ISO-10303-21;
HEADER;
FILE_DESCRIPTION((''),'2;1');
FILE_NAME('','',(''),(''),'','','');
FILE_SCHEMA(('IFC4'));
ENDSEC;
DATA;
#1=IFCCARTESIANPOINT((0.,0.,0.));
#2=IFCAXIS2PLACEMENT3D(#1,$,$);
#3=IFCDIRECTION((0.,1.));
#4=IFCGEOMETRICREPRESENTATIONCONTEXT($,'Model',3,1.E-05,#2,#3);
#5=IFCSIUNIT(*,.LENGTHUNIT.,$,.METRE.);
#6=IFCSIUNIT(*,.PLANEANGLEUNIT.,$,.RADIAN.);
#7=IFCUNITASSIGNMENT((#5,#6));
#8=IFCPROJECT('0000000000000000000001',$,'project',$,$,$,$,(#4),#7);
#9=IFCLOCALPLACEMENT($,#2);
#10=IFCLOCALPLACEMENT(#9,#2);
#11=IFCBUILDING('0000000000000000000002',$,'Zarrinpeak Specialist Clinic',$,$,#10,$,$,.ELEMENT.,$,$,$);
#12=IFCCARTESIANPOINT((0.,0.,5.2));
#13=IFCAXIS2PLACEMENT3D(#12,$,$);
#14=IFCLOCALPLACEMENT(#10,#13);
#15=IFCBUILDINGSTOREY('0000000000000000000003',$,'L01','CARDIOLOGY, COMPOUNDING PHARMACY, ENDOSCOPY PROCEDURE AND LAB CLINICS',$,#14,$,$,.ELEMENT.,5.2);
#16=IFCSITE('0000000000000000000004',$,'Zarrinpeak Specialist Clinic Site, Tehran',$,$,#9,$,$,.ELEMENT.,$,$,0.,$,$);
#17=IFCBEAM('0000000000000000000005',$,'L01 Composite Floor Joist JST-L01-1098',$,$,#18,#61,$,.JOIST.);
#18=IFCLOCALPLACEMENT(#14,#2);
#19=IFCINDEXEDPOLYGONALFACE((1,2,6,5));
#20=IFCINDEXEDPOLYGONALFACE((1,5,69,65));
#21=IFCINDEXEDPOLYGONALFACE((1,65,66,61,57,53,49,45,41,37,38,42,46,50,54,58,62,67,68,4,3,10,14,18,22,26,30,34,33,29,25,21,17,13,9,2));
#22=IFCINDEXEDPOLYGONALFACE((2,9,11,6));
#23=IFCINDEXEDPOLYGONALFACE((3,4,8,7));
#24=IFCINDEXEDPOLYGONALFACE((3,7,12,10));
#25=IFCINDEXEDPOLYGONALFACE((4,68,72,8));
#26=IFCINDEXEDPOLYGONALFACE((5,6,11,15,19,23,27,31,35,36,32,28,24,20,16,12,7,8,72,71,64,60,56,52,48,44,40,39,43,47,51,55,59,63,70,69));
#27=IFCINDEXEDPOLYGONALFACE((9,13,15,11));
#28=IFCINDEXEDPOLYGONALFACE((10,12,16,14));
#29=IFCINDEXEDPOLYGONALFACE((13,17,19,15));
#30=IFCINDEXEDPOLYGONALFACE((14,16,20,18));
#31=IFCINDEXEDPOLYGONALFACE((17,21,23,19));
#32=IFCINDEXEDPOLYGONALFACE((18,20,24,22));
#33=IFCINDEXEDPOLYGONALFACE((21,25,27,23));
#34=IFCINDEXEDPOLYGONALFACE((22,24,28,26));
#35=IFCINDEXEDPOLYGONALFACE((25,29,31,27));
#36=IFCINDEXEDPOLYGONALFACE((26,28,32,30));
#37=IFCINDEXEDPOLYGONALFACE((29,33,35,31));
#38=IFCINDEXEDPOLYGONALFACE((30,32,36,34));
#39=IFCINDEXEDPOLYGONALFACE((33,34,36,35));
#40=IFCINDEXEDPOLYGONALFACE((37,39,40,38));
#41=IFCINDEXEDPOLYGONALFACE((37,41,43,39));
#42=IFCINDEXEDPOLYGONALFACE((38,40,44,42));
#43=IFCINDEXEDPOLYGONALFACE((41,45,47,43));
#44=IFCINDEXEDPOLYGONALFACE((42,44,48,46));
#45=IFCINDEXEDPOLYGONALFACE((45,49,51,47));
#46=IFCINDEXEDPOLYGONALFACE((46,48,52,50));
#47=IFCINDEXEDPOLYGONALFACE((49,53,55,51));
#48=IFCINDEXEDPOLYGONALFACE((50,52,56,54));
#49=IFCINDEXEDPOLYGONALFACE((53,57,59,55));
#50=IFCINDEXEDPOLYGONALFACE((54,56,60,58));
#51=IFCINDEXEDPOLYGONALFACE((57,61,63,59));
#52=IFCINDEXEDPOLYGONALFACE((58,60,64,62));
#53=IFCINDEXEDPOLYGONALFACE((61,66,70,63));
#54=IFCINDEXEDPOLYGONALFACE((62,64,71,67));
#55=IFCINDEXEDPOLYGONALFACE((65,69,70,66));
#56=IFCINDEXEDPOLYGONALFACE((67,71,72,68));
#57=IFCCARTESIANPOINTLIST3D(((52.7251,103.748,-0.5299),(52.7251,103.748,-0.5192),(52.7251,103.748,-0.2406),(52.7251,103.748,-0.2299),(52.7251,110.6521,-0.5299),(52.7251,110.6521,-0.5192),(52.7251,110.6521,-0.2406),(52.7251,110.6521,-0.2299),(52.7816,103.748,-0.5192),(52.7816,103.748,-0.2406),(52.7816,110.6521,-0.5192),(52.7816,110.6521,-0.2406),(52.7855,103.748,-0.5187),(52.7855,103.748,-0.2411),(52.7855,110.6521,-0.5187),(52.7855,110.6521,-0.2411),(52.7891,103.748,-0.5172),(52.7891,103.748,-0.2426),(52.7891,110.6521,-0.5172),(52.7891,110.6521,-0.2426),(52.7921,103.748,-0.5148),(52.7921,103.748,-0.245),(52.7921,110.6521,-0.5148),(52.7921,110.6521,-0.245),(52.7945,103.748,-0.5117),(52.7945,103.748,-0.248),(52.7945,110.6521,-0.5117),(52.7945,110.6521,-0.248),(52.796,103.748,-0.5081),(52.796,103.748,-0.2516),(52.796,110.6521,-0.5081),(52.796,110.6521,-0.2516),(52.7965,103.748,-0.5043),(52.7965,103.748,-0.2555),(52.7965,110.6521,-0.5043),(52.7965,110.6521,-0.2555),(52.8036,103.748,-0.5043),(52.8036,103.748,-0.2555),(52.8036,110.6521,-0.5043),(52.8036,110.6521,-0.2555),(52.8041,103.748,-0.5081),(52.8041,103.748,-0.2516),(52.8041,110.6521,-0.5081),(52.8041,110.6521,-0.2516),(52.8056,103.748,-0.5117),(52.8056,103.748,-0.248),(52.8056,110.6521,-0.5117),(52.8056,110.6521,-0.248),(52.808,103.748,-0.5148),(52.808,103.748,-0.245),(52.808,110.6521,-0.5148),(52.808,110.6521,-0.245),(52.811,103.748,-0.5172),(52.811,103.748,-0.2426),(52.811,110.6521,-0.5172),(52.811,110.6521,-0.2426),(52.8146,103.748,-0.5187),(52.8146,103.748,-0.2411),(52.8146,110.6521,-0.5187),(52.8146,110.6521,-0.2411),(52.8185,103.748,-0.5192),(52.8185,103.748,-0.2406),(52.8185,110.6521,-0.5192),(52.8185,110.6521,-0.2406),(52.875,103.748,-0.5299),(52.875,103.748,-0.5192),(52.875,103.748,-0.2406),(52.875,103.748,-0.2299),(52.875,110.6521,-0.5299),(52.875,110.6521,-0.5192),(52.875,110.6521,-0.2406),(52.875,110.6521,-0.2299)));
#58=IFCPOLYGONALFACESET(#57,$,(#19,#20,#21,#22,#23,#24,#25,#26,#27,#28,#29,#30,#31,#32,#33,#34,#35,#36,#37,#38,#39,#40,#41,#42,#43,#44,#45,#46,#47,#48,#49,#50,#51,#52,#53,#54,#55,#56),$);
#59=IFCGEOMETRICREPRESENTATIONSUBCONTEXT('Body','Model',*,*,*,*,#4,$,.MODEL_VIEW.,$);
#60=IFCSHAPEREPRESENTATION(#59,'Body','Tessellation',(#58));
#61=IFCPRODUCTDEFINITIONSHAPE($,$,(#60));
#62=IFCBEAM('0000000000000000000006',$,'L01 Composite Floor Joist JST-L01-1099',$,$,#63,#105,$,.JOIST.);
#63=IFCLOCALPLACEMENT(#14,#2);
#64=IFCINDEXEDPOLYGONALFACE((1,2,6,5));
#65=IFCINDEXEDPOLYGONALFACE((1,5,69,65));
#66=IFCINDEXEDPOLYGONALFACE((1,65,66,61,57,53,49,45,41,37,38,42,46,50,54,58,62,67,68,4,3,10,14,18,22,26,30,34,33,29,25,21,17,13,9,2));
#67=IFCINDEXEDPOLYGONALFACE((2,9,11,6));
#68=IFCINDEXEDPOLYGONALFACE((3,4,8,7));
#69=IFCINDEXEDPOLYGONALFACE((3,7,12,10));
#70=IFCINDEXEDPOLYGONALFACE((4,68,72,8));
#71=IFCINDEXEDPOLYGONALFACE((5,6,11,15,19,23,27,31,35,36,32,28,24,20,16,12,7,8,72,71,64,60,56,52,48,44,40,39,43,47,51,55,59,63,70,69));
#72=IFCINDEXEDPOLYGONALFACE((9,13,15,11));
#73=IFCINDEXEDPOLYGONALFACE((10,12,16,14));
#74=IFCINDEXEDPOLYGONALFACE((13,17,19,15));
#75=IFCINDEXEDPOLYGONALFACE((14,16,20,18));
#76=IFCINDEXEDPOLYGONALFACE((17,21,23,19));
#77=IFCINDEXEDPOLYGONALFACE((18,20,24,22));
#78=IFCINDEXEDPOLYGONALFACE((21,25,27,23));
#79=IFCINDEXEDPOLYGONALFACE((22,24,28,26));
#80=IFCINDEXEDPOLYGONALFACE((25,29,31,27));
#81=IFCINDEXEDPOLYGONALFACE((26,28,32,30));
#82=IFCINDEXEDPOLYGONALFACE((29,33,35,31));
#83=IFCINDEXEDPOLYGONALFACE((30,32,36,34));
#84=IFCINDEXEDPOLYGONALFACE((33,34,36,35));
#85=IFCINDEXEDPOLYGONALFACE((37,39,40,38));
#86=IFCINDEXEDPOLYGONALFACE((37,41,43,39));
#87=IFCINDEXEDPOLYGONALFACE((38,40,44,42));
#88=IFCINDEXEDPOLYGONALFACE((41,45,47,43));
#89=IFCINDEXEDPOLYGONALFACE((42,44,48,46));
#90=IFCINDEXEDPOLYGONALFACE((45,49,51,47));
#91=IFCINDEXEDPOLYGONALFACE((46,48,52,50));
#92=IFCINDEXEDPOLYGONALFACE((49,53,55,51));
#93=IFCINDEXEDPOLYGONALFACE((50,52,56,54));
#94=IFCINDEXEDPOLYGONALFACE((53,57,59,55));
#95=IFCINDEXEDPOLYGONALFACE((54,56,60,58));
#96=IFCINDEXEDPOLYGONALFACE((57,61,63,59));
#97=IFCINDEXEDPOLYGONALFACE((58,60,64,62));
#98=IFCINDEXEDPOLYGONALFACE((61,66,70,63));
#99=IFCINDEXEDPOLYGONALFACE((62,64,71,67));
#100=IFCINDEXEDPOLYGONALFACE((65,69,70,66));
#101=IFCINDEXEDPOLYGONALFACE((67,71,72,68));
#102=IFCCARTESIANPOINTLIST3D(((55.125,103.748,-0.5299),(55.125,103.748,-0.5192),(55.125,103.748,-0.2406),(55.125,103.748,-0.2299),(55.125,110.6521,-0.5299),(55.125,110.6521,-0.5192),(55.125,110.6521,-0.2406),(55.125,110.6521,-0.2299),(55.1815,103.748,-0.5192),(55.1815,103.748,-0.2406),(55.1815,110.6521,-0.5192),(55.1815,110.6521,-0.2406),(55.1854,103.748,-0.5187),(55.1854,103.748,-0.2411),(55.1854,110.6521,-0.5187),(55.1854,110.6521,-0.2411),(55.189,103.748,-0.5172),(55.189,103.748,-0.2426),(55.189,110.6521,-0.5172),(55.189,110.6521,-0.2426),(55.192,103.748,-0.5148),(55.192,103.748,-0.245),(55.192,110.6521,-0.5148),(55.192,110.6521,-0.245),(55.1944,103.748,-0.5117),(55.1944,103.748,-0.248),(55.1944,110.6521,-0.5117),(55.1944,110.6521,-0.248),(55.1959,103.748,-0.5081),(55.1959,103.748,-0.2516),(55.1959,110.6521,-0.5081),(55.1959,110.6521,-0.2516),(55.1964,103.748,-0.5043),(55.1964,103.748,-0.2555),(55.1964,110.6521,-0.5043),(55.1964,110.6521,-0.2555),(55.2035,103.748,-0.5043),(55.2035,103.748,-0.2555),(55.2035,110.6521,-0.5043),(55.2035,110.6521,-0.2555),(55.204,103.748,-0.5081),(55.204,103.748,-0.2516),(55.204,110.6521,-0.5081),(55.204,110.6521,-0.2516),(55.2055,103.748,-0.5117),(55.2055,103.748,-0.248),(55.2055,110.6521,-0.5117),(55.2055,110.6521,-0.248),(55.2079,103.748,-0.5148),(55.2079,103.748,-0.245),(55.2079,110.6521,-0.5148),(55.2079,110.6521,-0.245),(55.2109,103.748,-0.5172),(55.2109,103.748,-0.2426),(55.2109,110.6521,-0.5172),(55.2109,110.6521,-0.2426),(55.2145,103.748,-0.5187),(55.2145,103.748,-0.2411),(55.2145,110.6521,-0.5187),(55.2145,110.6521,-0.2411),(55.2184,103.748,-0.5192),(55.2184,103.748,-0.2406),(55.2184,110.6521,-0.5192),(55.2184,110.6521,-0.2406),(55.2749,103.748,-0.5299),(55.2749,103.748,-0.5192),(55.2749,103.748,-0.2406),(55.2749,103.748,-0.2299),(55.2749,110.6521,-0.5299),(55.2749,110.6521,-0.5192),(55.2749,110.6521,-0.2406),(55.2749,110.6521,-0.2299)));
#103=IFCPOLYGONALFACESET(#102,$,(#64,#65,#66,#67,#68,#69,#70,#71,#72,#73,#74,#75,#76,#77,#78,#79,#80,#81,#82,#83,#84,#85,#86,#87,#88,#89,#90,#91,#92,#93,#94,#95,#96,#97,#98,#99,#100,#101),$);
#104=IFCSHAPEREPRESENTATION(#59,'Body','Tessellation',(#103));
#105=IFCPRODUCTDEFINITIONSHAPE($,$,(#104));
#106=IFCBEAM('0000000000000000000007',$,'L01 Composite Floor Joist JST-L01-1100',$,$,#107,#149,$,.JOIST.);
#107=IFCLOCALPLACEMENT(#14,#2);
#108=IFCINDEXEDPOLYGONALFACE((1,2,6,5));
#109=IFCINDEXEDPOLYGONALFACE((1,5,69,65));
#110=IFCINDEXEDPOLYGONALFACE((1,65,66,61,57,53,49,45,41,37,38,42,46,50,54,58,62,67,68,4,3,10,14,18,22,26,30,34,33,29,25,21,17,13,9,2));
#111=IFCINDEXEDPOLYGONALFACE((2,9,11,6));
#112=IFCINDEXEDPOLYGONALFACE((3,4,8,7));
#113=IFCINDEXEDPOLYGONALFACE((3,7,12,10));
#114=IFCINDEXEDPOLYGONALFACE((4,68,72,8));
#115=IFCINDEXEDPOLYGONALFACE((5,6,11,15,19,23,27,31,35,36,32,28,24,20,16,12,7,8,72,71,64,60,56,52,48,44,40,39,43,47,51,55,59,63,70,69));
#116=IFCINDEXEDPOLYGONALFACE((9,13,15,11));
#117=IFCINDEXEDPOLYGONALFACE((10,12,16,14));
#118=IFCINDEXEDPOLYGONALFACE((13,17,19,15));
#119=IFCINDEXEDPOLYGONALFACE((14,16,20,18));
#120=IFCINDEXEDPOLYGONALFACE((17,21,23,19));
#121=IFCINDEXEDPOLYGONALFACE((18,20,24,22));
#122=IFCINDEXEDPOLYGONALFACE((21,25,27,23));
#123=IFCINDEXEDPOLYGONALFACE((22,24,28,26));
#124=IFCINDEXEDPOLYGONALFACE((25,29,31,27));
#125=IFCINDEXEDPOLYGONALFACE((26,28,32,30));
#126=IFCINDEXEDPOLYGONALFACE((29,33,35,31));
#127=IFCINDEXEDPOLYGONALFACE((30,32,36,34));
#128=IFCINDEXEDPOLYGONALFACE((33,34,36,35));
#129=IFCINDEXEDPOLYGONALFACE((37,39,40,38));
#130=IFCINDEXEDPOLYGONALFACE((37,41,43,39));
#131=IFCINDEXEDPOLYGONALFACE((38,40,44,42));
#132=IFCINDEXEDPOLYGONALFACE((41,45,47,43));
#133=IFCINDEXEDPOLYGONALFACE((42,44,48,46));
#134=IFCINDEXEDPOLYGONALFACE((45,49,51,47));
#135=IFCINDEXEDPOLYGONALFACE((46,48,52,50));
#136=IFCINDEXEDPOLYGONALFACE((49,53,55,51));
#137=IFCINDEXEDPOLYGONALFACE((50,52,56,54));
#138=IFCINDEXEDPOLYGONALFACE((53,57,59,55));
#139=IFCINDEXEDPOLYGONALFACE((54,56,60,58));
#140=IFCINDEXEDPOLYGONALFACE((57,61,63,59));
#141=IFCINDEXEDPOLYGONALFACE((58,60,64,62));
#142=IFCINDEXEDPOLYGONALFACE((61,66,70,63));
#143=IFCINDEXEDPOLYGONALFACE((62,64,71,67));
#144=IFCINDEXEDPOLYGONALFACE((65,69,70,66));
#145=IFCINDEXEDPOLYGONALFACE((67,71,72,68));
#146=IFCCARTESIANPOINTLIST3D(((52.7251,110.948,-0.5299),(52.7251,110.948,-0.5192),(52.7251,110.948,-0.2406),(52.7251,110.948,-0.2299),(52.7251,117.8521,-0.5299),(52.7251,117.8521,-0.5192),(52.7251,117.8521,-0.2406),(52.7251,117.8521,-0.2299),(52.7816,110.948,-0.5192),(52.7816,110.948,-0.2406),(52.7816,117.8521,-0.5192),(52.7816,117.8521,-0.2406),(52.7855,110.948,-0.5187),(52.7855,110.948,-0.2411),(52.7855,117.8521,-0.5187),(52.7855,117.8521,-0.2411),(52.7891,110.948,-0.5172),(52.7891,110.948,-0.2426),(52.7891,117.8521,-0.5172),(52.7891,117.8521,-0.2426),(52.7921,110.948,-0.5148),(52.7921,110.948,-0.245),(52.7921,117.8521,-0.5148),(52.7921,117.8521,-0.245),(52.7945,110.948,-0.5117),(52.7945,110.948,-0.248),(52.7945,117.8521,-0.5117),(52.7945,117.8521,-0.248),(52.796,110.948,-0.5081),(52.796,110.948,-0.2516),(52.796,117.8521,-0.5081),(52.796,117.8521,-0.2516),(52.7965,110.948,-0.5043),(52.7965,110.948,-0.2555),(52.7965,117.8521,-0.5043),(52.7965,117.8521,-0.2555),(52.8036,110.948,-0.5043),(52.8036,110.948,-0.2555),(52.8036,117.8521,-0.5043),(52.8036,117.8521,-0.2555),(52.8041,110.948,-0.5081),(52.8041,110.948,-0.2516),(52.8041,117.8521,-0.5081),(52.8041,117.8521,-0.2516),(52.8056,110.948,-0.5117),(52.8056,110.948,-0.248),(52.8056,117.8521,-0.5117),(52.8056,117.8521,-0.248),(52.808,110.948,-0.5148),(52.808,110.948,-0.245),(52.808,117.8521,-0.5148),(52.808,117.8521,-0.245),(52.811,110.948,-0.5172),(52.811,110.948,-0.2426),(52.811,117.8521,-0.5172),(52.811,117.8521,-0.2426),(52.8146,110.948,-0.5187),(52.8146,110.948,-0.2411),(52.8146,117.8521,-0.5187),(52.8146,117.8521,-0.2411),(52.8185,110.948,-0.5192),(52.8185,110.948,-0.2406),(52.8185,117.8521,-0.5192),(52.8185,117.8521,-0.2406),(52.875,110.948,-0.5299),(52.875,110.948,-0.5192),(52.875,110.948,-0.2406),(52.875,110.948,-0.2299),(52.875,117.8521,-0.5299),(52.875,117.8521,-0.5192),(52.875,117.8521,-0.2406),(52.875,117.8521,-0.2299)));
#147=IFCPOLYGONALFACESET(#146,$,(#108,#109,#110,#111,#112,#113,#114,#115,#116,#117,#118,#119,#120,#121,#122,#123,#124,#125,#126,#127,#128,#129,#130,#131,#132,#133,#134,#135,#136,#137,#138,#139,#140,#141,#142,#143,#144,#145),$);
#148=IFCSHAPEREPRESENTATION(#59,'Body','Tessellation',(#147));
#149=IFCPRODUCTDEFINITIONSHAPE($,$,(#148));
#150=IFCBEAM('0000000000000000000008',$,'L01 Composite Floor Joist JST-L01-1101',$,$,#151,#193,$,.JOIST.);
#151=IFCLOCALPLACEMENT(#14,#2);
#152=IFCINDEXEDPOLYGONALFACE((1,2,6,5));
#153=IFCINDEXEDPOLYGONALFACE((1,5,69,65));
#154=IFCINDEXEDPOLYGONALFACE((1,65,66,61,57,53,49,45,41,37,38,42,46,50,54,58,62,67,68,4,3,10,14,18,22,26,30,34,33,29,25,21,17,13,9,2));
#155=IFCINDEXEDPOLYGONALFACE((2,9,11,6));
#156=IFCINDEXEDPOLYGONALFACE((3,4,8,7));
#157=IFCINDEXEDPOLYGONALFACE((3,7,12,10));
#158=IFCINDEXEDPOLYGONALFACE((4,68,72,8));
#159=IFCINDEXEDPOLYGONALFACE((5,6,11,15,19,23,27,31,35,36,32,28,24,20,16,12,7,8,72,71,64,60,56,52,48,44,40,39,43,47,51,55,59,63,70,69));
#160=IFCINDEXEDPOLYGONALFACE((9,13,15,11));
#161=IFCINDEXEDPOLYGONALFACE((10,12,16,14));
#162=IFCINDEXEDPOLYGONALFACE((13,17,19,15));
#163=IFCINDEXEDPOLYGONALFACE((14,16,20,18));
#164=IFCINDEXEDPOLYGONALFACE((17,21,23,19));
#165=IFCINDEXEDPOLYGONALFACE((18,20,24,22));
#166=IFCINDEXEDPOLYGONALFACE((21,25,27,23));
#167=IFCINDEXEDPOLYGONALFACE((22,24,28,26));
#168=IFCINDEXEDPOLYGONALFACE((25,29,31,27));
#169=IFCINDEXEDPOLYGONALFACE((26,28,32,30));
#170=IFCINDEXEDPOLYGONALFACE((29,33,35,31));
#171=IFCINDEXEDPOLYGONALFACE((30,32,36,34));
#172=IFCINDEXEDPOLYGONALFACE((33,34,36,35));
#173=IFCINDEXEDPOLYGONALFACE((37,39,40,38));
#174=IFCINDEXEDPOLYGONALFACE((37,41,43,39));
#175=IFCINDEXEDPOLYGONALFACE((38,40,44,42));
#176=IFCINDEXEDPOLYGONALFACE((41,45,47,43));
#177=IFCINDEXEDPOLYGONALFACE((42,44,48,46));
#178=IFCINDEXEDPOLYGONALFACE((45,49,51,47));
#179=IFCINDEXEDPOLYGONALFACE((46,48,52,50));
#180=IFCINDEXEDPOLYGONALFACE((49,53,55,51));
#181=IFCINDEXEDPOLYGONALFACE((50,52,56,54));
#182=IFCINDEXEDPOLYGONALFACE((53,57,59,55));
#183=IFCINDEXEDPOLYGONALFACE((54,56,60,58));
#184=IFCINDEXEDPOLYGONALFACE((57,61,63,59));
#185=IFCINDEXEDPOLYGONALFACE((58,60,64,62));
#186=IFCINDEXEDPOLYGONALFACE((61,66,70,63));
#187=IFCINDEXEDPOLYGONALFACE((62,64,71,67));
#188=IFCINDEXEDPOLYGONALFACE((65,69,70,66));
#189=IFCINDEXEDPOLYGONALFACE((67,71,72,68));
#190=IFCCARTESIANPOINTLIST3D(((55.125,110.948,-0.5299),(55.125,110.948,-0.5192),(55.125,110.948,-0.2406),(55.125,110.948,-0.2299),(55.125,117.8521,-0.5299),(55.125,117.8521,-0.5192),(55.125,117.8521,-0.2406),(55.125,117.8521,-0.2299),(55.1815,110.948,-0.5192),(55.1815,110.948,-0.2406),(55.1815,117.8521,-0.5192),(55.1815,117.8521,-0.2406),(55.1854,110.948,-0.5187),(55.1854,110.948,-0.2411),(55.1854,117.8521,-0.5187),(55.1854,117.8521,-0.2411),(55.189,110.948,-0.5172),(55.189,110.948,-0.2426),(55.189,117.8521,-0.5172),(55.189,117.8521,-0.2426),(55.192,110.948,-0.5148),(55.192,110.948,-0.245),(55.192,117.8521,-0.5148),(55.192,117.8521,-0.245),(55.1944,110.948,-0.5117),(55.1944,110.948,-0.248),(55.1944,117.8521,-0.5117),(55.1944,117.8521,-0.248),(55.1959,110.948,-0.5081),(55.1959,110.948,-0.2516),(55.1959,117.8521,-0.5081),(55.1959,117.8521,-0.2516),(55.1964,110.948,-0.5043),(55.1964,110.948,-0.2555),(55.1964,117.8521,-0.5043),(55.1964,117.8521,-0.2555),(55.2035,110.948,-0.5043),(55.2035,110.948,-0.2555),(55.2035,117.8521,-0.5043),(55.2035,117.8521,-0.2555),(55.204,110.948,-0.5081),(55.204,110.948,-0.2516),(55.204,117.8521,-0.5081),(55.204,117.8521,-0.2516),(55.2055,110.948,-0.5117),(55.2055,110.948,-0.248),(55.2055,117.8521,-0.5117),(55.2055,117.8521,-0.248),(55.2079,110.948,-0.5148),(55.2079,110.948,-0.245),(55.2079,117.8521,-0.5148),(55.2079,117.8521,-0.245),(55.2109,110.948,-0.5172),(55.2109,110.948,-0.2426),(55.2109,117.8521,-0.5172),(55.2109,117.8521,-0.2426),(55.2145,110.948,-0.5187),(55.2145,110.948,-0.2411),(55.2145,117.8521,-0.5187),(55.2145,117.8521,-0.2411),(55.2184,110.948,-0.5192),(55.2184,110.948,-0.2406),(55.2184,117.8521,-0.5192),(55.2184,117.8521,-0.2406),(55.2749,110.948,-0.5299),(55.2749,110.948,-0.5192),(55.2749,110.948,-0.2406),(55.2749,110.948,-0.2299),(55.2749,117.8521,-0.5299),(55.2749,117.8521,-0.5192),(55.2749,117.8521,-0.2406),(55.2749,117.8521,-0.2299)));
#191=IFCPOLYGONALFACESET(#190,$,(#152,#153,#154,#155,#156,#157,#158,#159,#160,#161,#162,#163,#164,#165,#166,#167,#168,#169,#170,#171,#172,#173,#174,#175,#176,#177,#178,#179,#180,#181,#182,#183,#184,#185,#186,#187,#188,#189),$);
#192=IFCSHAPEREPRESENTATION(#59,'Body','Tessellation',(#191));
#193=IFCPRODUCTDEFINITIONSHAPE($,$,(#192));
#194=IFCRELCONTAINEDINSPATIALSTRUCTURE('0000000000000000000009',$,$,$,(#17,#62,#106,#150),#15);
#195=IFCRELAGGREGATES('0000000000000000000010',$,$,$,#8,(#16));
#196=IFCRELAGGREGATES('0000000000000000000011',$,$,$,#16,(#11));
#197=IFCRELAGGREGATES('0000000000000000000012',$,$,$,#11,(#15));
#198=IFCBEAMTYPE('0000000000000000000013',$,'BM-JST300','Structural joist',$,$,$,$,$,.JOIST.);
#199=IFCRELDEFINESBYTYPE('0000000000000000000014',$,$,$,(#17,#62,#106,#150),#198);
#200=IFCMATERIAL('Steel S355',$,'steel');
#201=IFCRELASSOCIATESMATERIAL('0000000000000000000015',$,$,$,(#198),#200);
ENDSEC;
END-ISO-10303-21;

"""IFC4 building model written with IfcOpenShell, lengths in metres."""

from ifc_helpers import new_model, si_unit, direction, frame, origin, origin_2d, place, context, subcontext, project, spatial, i_section, extrude, material, material_profile, profile_set, type_object, element, save


model = new_model("IFC4")

# Units and contexts
model_context = context("Model", 3, precision=1e-05, world=origin(), true_north=direction((0.0, 1.0)))
body_context = subcontext(model_context, "Body", "Model", "MODEL_VIEW")
ifc_project = project(units=[si_unit("LENGTHUNIT", "METRE"), si_unit("PLANEANGLEUNIT", "RADIAN")], contexts=[model_context])

# Site, building, storey
site_placement = place(None, origin())
site = spatial("IfcSite", under=ifc_project, at=site_placement, Name="Zarrinpeak Specialist Clinic Site, Tehran", CompositionType="ELEMENT", RefElevation=0.0)
building_placement = place(site_placement, origin())
building = spatial("IfcBuilding", under=site, at=building_placement, Name="Zarrinpeak Specialist Clinic", CompositionType="ELEMENT")
storey_placement = place(building_placement, frame((0.0, 0.0, 5.2)))
storey = spatial("IfcBuildingStorey", under=building, at=storey_placement, Name="L01", Description="CARDIOLOGY, COMPOUNDING PHARMACY, ENDOSCOPY PROCEDURE AND LAB CLINICS", CompositionType="ELEMENT", Elevation=5.2)

# Shared definitions
ifc_material_1 = material(Name="Steel S355", Category="steel")

# Beams
ifc_material_profile_1 = material_profile(ifc_material_1, i_section(OverallWidth=0.1499, OverallDepth=0.3, WebThickness=0.0071, FlangeThickness=0.0107, FilletRadius=0.0149, at=origin_2d()), Name="IPE 300")
ifc_profile_set_1 = profile_set([ifc_material_profile_1], Name="Steel S355")
beam_type_1 = type_object("IfcBeamType", Name="BM-JST300", Description="Structural joist", PredefinedType="JOIST", material=ifc_profile_set_1)
for number, where, z_axis, x_axis, name in (
    (1, (52.8, 103.748, -0.3799), (0.0, 1.0, 0.0), (-1.0, 0.0, 0.0), "L01 Composite Floor Joist JST-L01-1098"),
    (2, (55.2, 103.748, -0.3799), (0.0, 1.0, 0.0), (-1.0, 0.0, 0.0), "L01 Composite Floor Joist JST-L01-1099"),
    (3, (52.8, 110.948, -0.3799), (0.0, 1.0, 0.0), (-1.0, 0.0, 0.0), "L01 Composite Floor Joist JST-L01-1100"),
    (4, (55.2, 110.948, -0.3799), (0.0, 1.0, 0.0), (-1.0, 0.0, 0.0), "L01 Composite Floor Joist JST-L01-1101"),
):
    element("IfcBeam", number, at=place(storey_placement, frame(where, z_axis=z_axis, x_axis=x_axis)), inside=storey, type_object=beam_type_1, Name=name, PredefinedType="JOIST", context=body_context, shape_type="SweptSolid", body=[
        extrude(i_section(OverallWidth=0.1499, OverallDepth=0.3, WebThickness=0.0071, FlangeThickness=0.0107, FilletRadius=0.0149, at=origin_2d()), origin(), (0.0, 0.0, 1.0), 6.9041),
    ])

save(model, "model.ifc")
